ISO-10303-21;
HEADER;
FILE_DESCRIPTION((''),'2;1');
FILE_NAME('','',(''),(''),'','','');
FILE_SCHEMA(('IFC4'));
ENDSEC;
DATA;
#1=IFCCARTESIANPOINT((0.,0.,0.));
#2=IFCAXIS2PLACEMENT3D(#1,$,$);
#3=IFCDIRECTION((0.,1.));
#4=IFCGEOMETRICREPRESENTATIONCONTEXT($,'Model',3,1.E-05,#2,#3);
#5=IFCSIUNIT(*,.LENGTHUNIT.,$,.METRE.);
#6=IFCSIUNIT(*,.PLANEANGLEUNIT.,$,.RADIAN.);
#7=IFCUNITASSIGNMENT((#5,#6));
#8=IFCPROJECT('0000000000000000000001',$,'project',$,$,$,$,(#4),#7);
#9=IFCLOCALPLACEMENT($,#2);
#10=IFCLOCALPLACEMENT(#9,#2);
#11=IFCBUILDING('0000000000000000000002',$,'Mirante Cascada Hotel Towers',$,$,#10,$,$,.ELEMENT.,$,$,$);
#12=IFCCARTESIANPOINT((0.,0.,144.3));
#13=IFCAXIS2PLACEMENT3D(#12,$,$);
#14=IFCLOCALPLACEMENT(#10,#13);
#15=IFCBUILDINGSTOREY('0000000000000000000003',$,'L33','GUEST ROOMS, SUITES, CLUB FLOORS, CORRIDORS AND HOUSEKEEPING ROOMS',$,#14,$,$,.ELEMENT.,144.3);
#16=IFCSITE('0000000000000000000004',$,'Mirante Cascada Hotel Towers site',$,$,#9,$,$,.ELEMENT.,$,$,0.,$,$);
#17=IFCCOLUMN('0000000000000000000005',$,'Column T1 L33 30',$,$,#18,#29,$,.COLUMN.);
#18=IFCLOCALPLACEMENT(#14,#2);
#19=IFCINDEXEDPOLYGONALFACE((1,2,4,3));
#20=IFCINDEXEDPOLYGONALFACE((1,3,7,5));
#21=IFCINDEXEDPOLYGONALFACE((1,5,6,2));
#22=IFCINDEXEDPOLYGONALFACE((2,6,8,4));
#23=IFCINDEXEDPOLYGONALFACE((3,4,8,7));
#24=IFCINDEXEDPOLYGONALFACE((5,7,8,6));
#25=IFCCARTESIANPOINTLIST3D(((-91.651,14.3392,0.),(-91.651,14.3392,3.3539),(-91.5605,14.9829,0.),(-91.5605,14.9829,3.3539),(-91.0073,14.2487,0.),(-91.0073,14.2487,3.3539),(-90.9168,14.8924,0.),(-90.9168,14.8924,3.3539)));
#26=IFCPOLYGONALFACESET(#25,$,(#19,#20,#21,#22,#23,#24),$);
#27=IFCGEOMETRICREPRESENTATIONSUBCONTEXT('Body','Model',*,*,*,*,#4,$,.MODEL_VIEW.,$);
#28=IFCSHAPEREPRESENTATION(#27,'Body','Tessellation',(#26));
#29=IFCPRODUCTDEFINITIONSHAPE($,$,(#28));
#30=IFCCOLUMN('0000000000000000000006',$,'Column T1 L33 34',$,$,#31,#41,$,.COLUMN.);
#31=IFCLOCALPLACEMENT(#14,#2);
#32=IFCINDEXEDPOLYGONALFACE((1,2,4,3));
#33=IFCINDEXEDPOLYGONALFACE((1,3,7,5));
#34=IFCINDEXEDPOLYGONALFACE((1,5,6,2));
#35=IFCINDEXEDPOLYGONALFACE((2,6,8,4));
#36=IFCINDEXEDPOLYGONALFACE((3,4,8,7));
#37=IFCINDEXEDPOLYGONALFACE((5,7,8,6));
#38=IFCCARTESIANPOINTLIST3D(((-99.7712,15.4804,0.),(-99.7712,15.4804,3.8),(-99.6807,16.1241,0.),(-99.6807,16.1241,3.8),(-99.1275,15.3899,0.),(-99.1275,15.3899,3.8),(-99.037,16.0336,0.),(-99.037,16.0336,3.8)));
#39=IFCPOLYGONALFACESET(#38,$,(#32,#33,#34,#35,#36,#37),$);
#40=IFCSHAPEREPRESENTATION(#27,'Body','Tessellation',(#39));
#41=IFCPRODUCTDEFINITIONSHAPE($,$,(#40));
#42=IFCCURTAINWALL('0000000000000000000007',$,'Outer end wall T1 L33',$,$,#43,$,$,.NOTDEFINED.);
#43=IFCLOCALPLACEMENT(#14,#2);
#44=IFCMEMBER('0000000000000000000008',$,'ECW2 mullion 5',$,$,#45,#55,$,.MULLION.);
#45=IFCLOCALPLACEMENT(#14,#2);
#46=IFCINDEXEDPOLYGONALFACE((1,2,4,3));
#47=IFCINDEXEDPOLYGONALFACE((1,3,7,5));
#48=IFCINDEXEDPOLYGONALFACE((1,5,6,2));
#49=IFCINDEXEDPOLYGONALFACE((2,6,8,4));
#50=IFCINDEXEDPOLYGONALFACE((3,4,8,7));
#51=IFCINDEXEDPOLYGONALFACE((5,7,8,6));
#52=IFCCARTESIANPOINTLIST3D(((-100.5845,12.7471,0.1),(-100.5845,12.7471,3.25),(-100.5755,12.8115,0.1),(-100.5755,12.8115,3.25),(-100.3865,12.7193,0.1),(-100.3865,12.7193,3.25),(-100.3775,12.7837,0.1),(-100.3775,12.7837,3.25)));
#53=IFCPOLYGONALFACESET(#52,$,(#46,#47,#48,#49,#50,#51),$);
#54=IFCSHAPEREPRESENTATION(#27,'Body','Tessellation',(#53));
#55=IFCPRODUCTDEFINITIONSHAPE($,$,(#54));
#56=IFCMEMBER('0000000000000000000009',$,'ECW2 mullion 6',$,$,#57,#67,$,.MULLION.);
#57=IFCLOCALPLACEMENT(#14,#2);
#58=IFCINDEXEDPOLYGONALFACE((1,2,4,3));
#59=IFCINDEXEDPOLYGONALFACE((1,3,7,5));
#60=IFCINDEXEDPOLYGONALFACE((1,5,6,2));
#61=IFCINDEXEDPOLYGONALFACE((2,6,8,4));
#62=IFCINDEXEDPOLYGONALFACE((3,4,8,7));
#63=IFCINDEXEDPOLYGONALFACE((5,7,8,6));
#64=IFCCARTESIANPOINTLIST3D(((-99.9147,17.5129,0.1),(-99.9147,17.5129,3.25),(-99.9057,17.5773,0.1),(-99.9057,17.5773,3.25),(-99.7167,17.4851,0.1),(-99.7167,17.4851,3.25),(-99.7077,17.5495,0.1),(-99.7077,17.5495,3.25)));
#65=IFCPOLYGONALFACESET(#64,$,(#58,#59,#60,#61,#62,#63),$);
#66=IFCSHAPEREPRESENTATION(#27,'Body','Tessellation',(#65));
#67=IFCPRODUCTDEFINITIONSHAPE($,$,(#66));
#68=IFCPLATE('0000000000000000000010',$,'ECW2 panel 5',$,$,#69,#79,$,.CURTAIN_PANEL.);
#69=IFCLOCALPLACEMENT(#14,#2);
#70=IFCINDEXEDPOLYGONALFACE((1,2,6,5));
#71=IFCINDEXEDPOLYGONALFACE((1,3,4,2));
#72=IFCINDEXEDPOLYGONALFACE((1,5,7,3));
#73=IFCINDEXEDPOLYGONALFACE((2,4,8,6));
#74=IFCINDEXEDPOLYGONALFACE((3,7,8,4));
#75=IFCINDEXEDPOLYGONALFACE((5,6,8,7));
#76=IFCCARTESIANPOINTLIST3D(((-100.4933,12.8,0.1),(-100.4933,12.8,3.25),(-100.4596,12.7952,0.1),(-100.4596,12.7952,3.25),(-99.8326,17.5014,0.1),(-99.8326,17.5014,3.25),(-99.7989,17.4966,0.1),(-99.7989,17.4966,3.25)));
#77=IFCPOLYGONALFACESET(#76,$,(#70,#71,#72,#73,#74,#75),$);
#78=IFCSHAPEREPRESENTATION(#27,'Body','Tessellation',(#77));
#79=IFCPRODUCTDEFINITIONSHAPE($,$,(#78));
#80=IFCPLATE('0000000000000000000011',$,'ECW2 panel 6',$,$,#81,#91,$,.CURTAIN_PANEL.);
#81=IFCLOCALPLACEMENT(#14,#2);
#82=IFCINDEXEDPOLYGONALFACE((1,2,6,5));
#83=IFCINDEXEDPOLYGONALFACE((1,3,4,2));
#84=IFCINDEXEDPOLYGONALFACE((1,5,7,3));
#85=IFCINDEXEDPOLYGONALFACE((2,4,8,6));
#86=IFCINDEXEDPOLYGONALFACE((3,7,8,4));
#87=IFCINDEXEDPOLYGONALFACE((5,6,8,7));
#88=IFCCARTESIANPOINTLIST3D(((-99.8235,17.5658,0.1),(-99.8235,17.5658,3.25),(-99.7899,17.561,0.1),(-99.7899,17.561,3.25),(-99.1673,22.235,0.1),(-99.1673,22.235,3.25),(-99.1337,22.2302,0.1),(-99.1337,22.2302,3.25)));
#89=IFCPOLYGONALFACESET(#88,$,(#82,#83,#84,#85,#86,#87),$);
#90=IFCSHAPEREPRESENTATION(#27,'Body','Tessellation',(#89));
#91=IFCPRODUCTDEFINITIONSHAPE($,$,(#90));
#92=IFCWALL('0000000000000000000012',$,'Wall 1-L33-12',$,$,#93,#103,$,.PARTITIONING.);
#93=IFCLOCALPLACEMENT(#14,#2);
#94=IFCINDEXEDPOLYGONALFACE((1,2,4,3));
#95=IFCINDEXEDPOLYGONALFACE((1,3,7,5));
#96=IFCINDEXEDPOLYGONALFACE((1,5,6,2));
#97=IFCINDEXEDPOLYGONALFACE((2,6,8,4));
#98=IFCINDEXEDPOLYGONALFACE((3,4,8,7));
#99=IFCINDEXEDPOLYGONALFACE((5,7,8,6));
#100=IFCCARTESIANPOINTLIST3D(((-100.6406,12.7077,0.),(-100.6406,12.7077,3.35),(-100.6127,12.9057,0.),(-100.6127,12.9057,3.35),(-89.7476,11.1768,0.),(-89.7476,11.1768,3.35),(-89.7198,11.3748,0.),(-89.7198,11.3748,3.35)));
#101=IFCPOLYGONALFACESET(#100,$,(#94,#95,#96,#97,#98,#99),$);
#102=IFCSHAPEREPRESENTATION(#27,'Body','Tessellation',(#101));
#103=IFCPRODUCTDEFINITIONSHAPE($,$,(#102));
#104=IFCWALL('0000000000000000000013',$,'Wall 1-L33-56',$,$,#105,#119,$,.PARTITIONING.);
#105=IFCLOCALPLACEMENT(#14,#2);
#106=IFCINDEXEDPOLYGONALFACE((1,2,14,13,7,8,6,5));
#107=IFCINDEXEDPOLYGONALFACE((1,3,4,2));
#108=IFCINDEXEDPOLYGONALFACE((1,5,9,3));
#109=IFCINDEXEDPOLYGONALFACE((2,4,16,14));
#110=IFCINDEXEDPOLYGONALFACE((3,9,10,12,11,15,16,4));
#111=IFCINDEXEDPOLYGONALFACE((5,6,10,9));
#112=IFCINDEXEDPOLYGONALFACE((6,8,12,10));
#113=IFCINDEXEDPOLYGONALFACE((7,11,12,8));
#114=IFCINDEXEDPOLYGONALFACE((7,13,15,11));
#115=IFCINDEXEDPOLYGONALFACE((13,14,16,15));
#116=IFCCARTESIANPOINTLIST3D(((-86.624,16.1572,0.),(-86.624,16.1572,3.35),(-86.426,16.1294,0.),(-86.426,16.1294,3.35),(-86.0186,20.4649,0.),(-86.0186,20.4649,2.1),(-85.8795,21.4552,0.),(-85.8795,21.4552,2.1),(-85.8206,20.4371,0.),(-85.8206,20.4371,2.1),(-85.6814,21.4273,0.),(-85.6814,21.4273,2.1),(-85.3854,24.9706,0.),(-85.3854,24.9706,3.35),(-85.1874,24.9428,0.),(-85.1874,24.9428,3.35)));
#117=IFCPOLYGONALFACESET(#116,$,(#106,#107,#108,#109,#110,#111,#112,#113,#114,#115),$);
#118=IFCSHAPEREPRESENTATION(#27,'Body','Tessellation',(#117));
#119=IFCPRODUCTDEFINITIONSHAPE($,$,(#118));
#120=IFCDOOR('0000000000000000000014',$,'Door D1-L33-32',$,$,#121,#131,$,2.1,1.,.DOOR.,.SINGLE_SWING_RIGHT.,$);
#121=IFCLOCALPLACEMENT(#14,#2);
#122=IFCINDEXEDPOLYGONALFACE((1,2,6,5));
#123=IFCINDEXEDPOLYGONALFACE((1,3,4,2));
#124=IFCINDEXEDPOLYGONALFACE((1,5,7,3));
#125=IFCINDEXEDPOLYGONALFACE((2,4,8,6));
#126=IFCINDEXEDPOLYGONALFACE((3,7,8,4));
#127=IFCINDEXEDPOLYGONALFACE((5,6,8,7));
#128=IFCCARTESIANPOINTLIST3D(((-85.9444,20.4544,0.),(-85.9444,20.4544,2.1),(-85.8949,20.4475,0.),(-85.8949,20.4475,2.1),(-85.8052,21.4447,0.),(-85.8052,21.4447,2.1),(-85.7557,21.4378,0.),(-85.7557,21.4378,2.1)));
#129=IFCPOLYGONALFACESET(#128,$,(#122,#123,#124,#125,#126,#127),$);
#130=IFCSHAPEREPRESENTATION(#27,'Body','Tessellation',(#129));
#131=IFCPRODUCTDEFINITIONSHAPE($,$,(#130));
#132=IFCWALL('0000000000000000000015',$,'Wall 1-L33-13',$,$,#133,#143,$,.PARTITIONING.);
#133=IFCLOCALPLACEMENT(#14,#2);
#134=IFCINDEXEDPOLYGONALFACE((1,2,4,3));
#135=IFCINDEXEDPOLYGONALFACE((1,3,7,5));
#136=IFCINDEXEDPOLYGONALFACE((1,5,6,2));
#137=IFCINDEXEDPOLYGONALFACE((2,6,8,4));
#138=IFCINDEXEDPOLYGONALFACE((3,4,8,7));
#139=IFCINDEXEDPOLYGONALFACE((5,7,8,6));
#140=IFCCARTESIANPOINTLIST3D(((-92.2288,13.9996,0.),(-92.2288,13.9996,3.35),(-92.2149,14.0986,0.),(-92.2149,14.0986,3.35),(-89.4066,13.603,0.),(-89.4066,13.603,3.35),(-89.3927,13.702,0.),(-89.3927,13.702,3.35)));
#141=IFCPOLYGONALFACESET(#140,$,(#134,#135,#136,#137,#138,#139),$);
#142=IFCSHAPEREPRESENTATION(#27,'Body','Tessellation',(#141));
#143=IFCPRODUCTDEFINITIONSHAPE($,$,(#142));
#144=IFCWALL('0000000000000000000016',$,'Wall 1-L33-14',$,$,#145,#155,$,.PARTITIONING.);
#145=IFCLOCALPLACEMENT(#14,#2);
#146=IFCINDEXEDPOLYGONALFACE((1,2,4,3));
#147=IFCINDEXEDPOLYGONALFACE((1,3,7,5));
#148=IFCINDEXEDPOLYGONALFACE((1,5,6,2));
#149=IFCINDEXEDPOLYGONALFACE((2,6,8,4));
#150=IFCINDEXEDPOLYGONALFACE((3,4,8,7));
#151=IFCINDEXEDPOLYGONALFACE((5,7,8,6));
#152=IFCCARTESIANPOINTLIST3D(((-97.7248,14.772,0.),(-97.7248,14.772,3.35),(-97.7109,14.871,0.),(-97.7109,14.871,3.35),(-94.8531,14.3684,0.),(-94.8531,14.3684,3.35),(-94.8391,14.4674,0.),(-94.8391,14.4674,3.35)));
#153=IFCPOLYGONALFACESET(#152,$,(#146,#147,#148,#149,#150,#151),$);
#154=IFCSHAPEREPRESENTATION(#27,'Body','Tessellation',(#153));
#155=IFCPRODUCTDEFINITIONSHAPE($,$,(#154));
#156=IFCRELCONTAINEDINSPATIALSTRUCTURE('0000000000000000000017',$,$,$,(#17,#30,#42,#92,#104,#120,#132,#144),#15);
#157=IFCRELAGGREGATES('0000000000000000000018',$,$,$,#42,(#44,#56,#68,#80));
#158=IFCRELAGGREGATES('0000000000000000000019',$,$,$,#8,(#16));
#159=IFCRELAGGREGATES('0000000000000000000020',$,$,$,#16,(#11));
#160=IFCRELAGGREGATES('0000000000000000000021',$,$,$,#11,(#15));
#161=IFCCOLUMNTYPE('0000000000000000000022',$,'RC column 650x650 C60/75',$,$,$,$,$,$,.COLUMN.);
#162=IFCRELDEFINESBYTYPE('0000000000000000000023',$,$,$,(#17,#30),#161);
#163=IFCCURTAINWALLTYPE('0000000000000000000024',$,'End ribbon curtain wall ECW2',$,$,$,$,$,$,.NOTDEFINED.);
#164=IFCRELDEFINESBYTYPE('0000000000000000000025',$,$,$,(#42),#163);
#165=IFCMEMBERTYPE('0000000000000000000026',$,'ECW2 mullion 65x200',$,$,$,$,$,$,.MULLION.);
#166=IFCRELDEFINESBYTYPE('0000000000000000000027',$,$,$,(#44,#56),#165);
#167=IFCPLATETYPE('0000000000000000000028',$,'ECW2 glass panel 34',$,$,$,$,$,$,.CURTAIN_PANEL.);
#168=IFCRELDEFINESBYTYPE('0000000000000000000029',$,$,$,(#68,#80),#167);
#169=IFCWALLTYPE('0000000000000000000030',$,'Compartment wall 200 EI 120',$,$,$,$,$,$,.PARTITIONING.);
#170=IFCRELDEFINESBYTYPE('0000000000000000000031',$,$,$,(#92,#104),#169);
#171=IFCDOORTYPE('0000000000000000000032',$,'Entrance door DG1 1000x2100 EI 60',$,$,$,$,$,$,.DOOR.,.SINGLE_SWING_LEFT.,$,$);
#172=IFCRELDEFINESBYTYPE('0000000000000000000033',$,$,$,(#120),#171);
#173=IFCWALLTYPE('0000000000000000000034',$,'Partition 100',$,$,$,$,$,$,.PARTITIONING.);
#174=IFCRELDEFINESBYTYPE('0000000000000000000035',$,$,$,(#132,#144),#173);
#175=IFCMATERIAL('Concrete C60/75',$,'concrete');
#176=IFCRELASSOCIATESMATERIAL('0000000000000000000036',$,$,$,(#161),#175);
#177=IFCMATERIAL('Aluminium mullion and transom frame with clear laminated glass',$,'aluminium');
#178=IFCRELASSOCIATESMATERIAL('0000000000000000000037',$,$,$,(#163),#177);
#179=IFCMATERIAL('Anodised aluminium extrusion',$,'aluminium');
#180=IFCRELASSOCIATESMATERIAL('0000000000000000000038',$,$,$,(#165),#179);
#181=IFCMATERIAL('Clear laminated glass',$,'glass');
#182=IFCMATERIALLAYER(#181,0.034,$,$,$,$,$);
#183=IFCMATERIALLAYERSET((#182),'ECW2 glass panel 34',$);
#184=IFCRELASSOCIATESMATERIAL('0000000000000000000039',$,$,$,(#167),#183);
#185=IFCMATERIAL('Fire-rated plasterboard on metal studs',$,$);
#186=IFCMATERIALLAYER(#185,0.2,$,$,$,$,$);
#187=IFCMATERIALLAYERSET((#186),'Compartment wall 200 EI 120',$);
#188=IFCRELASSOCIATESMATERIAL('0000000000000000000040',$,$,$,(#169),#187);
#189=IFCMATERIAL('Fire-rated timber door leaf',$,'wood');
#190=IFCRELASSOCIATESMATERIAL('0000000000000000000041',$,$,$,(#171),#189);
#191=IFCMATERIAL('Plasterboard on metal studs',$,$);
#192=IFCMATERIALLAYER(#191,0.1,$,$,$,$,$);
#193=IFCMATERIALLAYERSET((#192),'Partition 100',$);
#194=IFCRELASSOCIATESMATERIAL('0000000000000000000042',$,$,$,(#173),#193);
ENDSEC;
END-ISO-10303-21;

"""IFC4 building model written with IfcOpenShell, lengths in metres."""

from ifc_helpers import new_model, si_unit, direction, frame, frame_2d, origin, origin_2d, place, context, subcontext, project, spatial, rectangle, extrude, material, layer, layer_set, material_profile, profile_set, type_object, element, fill, aggregate, save


model = new_model("IFC4")

# Units and contexts
model_context = context("Model", 3, precision=1e-05, world=origin(), true_north=direction((0.0, 1.0)))
body_context = subcontext(model_context, "Body", "Model", "MODEL_VIEW")
ifc_project = project(units=[si_unit("LENGTHUNIT", "METRE"), si_unit("PLANEANGLEUNIT", "RADIAN")], contexts=[model_context])

# Site, building, storey
site_placement = place(None, origin())
site = spatial("IfcSite", under=ifc_project, at=site_placement, Name="Mirante Cascada Hotel Towers site", CompositionType="ELEMENT", RefElevation=0.0)
building_placement = place(site_placement, origin())
building = spatial("IfcBuilding", under=site, at=building_placement, Name="Mirante Cascada Hotel Towers", CompositionType="ELEMENT")
storey_placement = place(building_placement, frame((0.0, 0.0, 144.3)))
storey = spatial("IfcBuildingStorey", under=building, at=storey_placement, Name="L33", Description="GUEST ROOMS, SUITES, CLUB FLOORS, CORRIDORS AND HOUSEKEEPING ROOMS", CompositionType="ELEMENT", Elevation=144.3)

# Columns
ifc_material_1 = material(Name="Concrete C60/75", Category="concrete")
ifc_material_profile_1 = material_profile(ifc_material_1, rectangle(XDim=0.65, YDim=0.65, at=origin_2d()), Name="RC column 650x650 C60/75")
ifc_profile_set_1 = profile_set([ifc_material_profile_1], Name="Concrete C60/75")
column_type = type_object("IfcColumnType", Name="RC column 650x650 C60/75", PredefinedType="COLUMN", material=ifc_profile_set_1)
column_1_placement = place(storey_placement, frame((-91.2839, 14.6158, 0.0), z_axis=(0.0, 0.0, 1.0), x_axis=(-0.990268, 0.139173, 0.0)))
element("IfcColumn", 1, at=column_1_placement, inside=storey, type_object=column_type, Name="Column T1 L33 30", PredefinedType="COLUMN", context=body_context, shape_type="SweptSolid", body=[
    extrude(rectangle(XDim=0.65, YDim=0.65, at=origin_2d()), origin(), (0.0, 0.0, 1.0), 3.3539),
])
column_2_placement = place(storey_placement, frame((-99.4041, 15.757, 0.0), z_axis=(0.0, 0.0, 1.0), x_axis=(-0.990268, 0.139173, 0.0)))
element("IfcColumn", 2, at=column_2_placement, inside=storey, type_object=column_type, Name="Column T1 L33 34", PredefinedType="COLUMN", context=body_context, shape_type="SweptSolid", body=[
    extrude(rectangle(XDim=0.65, YDim=0.65, at=origin_2d()), origin(), (0.0, 0.0, 1.0), 3.8),
])

# Curtain wall, members, plates
ifc_material_2 = material(Name="Aluminium mullion and transom frame with clear laminated glass", Category="aluminium")
curtain_wall_type = type_object("IfcCurtainWallType", Name="End ribbon curtain wall ECW2", PredefinedType="NOTDEFINED", material=ifc_material_2)
curtain_wall_placement = place(storey_placement, origin())
curtain_wall = element("IfcCurtainWall", 3, at=curtain_wall_placement, inside=storey, type_object=curtain_wall_type, Name="Outer end wall T1 L33", PredefinedType="NOTDEFINED")
ifc_material_3 = material(Name="Anodised aluminium extrusion", Category="aluminium")
ifc_material_profile_2 = material_profile(ifc_material_3, rectangle(XDim=0.2, YDim=0.065, at=origin_2d()), Name="ECW2 MULLION 65x200")
ifc_profile_set_2 = profile_set([ifc_material_profile_2], Name="Anodised aluminium extrusion")
member_type = type_object("IfcMemberType", Name="ECW2 mullion 65x200", PredefinedType="MULLION", material=ifc_profile_set_2)
member_1_placement = place(storey_placement, frame((-100.481, 12.7654, 0.1), z_axis=(0.0, 0.0, 1.0), x_axis=(-0.990268, 0.139173, 0.0)))
member_1 = element("IfcMember", 4, at=member_1_placement, type_object=member_type, Name="ECW2 mullion 5", PredefinedType="MULLION", context=body_context, shape_type="SweptSolid", body=[
    extrude(rectangle(XDim=0.2, YDim=0.065, at=origin_2d()), origin(), (0.0, 0.0, 1.0), 3.15),
])
member_2_placement = place(storey_placement, frame((-99.8112, 17.5312, 0.1), z_axis=(0.0, 0.0, 1.0), x_axis=(-0.990268, 0.139173, 0.0)))
member_2 = element("IfcMember", 5, at=member_2_placement, type_object=member_type, Name="ECW2 mullion 6", PredefinedType="MULLION", context=body_context, shape_type="SweptSolid", body=[
    extrude(rectangle(XDim=0.2, YDim=0.065, at=origin_2d()), origin(), (0.0, 0.0, 1.0), 3.15),
])
ifc_material_4 = material(Name="Clear laminated glass", Category="glass")
ifc_layer_1 = layer(ifc_material_4, 0.034)
ifc_layer_set_1 = layer_set([ifc_layer_1], Name="ECW2 glass panel 34")
plate_type = type_object("IfcPlateType", Name="ECW2 glass panel 34", PredefinedType="CURTAIN_PANEL", material=ifc_layer_set_1)
plate_1_placement = place(storey_placement, frame((-100.1461, 15.1483, 0.1), z_axis=(0.0, 0.0, 1.0), x_axis=(0.139173, 0.990268, 0.0)))
plate_1 = element("IfcPlate", 6, at=plate_1_placement, type_object=plate_type, Name="ECW2 panel 5", PredefinedType="CURTAIN_PANEL", context=body_context, shape_type="SweptSolid", body=[
    extrude(rectangle(XDim=4.7476, YDim=0.034, at=origin_2d()), origin(), (0.0, 0.0, 1.0), 3.15),
])
plate_2_placement = place(storey_placement, frame((-99.4786, 19.898, 0.1), z_axis=(0.0, 0.0, 1.0), x_axis=(0.139173, 0.990268, 0.0)))
plate_2 = element("IfcPlate", 7, at=plate_2_placement, type_object=plate_type, Name="ECW2 panel 6", PredefinedType="CURTAIN_PANEL", context=body_context, shape_type="SweptSolid", body=[
    extrude(rectangle(XDim=4.7151, YDim=0.034, at=origin_2d()), origin(), (0.0, 0.0, 1.0), 3.15),
])
aggregate(curtain_wall, [member_1, member_2, plate_1, plate_2])

# Wall
ifc_material_5 = material(Name="Fire-rated plasterboard on metal studs")
ifc_layer_2 = layer(ifc_material_5, 0.2)
ifc_layer_set_2 = layer_set([ifc_layer_2], Name="Compartment wall 200 EI 120")
wall_type_1 = type_object("IfcWallType", Name="Compartment wall 200 EI 120", PredefinedType="PARTITIONING", material=ifc_layer_set_2)
wall_1_placement = place(storey_placement, frame((-89.7337, 11.2758, 0.0), z_axis=(0.0, 0.0, 1.0), x_axis=(-0.990268, 0.139173, 0.0)))
element("IfcWall", 8, at=wall_1_placement, inside=storey, type_object=wall_type_1, Name="Wall 1-L33-12", PredefinedType="PARTITIONING", context=body_context, shape_type="SweptSolid", body=[
    extrude(rectangle(XDim=11.0, YDim=0.2, at=frame_2d((5.5, 0.0))), origin(), (0.0, 0.0, 1.0), 3.35),
])

# Wall, opening, door
wall_2_placement = place(storey_placement, frame((-86.525, 16.1433, 0.0), z_axis=(0.0, 0.0, 1.0), x_axis=(0.139168, 0.990269, 0.0)))
wall_2 = element("IfcWall", 9, at=wall_2_placement, inside=storey, type_object=wall_type_1, Name="Wall 1-L33-56", PredefinedType="PARTITIONING", context=body_context, shape_type="SweptSolid", body=[
    extrude(rectangle(XDim=8.9, YDim=0.2, at=frame_2d((4.45, 0.0))), origin(), (0.0, 0.0, 1.0), 3.35),
])
opening_1_placement = place(wall_2_placement, frame((4.35, 0.0, 0.0)))
opening_1 = element("IfcOpeningElement", 10, at=opening_1_placement, cuts=wall_2, PredefinedType="OPENING", context=body_context, shape_type="SweptSolid", body=[
    extrude(rectangle(XDim=1.0, YDim=2.1, at=frame_2d((0.5, 1.05))), frame((0.0, 0.1, 0.0), z_axis=(0.0, -1.0, 0.0), x_axis=(1.0, 0.0, 0.0)), (0.0, 0.0, 1.0), 0.2),
])
ifc_material_6 = material(Name="Fire-rated timber door leaf", Category="wood")
door_type_1 = type_object("IfcDoorType", Name="Entrance door DG1 1000x2100 EI 60", OperationType="SINGLE_SWING_LEFT", PredefinedType="DOOR", material=ifc_material_6)
door_1_placement = place(opening_1_placement, frame((1.0, 0.0, 0.0), z_axis=(0.0, 0.0, 1.0), x_axis=(-1.0, 0.0, 0.0)))
door_1 = element("IfcDoor", 11, at=door_1_placement, inside=storey, type_object=door_type_1, Name="Door D1-L33-32", OperationType="SINGLE_SWING_RIGHT", OverallHeight=2.1, OverallWidth=1.0, PredefinedType="DOOR", context=body_context, shape_type="SweptSolid", body=[
    extrude(rectangle(XDim=1.0, YDim=2.1, at=frame_2d((0.5, 1.05))), frame((0.0, 0.025, 0.0), z_axis=(0.0, -1.0, 0.0), x_axis=(1.0, 0.0, 0.0)), (0.0, 0.0, 1.0), 0.05),
])
fill(opening_1, door_1)

# Walls
ifc_material_7 = material(Name="Plasterboard on metal studs")
ifc_layer_3 = layer(ifc_material_7, 0.1)
ifc_layer_set_3 = layer_set([ifc_layer_3], Name="Partition 100")
wall_type_2 = type_object("IfcWallType", Name="Partition 100", PredefinedType="PARTITIONING", material=ifc_layer_set_3)
wall_3_placement = place(storey_placement, frame((-92.2219, 14.0491, 0.0), z_axis=(0.0, 0.0, 1.0), x_axis=(0.99027, -0.139161, 0.0)))
element("IfcWall", 12, at=wall_3_placement, inside=storey, type_object=wall_type_2, Name="Wall 1-L33-13", PredefinedType="PARTITIONING", context=body_context, shape_type="SweptSolid", body=[
    extrude(rectangle(XDim=2.8499, YDim=0.1, at=frame_2d((1.425, 0.0))), origin(), (0.0, 0.0, 1.0), 3.35),
])
wall_4_placement = place(storey_placement, frame((-94.8461, 14.4179, 0.0), z_axis=(0.0, 0.0, 1.0), x_axis=(-0.990268, 0.139171, 0.0)))
element("IfcWall", 13, at=wall_4_placement, inside=storey, type_object=wall_type_2, Name="Wall 1-L33-14", PredefinedType="PARTITIONING", context=body_context, shape_type="SweptSolid", body=[
    extrude(rectangle(XDim=2.9, YDim=0.1, at=frame_2d((1.45, 0.0))), origin(), (0.0, 0.0, 1.0), 3.35),
])

save(model, "model.ifc")
